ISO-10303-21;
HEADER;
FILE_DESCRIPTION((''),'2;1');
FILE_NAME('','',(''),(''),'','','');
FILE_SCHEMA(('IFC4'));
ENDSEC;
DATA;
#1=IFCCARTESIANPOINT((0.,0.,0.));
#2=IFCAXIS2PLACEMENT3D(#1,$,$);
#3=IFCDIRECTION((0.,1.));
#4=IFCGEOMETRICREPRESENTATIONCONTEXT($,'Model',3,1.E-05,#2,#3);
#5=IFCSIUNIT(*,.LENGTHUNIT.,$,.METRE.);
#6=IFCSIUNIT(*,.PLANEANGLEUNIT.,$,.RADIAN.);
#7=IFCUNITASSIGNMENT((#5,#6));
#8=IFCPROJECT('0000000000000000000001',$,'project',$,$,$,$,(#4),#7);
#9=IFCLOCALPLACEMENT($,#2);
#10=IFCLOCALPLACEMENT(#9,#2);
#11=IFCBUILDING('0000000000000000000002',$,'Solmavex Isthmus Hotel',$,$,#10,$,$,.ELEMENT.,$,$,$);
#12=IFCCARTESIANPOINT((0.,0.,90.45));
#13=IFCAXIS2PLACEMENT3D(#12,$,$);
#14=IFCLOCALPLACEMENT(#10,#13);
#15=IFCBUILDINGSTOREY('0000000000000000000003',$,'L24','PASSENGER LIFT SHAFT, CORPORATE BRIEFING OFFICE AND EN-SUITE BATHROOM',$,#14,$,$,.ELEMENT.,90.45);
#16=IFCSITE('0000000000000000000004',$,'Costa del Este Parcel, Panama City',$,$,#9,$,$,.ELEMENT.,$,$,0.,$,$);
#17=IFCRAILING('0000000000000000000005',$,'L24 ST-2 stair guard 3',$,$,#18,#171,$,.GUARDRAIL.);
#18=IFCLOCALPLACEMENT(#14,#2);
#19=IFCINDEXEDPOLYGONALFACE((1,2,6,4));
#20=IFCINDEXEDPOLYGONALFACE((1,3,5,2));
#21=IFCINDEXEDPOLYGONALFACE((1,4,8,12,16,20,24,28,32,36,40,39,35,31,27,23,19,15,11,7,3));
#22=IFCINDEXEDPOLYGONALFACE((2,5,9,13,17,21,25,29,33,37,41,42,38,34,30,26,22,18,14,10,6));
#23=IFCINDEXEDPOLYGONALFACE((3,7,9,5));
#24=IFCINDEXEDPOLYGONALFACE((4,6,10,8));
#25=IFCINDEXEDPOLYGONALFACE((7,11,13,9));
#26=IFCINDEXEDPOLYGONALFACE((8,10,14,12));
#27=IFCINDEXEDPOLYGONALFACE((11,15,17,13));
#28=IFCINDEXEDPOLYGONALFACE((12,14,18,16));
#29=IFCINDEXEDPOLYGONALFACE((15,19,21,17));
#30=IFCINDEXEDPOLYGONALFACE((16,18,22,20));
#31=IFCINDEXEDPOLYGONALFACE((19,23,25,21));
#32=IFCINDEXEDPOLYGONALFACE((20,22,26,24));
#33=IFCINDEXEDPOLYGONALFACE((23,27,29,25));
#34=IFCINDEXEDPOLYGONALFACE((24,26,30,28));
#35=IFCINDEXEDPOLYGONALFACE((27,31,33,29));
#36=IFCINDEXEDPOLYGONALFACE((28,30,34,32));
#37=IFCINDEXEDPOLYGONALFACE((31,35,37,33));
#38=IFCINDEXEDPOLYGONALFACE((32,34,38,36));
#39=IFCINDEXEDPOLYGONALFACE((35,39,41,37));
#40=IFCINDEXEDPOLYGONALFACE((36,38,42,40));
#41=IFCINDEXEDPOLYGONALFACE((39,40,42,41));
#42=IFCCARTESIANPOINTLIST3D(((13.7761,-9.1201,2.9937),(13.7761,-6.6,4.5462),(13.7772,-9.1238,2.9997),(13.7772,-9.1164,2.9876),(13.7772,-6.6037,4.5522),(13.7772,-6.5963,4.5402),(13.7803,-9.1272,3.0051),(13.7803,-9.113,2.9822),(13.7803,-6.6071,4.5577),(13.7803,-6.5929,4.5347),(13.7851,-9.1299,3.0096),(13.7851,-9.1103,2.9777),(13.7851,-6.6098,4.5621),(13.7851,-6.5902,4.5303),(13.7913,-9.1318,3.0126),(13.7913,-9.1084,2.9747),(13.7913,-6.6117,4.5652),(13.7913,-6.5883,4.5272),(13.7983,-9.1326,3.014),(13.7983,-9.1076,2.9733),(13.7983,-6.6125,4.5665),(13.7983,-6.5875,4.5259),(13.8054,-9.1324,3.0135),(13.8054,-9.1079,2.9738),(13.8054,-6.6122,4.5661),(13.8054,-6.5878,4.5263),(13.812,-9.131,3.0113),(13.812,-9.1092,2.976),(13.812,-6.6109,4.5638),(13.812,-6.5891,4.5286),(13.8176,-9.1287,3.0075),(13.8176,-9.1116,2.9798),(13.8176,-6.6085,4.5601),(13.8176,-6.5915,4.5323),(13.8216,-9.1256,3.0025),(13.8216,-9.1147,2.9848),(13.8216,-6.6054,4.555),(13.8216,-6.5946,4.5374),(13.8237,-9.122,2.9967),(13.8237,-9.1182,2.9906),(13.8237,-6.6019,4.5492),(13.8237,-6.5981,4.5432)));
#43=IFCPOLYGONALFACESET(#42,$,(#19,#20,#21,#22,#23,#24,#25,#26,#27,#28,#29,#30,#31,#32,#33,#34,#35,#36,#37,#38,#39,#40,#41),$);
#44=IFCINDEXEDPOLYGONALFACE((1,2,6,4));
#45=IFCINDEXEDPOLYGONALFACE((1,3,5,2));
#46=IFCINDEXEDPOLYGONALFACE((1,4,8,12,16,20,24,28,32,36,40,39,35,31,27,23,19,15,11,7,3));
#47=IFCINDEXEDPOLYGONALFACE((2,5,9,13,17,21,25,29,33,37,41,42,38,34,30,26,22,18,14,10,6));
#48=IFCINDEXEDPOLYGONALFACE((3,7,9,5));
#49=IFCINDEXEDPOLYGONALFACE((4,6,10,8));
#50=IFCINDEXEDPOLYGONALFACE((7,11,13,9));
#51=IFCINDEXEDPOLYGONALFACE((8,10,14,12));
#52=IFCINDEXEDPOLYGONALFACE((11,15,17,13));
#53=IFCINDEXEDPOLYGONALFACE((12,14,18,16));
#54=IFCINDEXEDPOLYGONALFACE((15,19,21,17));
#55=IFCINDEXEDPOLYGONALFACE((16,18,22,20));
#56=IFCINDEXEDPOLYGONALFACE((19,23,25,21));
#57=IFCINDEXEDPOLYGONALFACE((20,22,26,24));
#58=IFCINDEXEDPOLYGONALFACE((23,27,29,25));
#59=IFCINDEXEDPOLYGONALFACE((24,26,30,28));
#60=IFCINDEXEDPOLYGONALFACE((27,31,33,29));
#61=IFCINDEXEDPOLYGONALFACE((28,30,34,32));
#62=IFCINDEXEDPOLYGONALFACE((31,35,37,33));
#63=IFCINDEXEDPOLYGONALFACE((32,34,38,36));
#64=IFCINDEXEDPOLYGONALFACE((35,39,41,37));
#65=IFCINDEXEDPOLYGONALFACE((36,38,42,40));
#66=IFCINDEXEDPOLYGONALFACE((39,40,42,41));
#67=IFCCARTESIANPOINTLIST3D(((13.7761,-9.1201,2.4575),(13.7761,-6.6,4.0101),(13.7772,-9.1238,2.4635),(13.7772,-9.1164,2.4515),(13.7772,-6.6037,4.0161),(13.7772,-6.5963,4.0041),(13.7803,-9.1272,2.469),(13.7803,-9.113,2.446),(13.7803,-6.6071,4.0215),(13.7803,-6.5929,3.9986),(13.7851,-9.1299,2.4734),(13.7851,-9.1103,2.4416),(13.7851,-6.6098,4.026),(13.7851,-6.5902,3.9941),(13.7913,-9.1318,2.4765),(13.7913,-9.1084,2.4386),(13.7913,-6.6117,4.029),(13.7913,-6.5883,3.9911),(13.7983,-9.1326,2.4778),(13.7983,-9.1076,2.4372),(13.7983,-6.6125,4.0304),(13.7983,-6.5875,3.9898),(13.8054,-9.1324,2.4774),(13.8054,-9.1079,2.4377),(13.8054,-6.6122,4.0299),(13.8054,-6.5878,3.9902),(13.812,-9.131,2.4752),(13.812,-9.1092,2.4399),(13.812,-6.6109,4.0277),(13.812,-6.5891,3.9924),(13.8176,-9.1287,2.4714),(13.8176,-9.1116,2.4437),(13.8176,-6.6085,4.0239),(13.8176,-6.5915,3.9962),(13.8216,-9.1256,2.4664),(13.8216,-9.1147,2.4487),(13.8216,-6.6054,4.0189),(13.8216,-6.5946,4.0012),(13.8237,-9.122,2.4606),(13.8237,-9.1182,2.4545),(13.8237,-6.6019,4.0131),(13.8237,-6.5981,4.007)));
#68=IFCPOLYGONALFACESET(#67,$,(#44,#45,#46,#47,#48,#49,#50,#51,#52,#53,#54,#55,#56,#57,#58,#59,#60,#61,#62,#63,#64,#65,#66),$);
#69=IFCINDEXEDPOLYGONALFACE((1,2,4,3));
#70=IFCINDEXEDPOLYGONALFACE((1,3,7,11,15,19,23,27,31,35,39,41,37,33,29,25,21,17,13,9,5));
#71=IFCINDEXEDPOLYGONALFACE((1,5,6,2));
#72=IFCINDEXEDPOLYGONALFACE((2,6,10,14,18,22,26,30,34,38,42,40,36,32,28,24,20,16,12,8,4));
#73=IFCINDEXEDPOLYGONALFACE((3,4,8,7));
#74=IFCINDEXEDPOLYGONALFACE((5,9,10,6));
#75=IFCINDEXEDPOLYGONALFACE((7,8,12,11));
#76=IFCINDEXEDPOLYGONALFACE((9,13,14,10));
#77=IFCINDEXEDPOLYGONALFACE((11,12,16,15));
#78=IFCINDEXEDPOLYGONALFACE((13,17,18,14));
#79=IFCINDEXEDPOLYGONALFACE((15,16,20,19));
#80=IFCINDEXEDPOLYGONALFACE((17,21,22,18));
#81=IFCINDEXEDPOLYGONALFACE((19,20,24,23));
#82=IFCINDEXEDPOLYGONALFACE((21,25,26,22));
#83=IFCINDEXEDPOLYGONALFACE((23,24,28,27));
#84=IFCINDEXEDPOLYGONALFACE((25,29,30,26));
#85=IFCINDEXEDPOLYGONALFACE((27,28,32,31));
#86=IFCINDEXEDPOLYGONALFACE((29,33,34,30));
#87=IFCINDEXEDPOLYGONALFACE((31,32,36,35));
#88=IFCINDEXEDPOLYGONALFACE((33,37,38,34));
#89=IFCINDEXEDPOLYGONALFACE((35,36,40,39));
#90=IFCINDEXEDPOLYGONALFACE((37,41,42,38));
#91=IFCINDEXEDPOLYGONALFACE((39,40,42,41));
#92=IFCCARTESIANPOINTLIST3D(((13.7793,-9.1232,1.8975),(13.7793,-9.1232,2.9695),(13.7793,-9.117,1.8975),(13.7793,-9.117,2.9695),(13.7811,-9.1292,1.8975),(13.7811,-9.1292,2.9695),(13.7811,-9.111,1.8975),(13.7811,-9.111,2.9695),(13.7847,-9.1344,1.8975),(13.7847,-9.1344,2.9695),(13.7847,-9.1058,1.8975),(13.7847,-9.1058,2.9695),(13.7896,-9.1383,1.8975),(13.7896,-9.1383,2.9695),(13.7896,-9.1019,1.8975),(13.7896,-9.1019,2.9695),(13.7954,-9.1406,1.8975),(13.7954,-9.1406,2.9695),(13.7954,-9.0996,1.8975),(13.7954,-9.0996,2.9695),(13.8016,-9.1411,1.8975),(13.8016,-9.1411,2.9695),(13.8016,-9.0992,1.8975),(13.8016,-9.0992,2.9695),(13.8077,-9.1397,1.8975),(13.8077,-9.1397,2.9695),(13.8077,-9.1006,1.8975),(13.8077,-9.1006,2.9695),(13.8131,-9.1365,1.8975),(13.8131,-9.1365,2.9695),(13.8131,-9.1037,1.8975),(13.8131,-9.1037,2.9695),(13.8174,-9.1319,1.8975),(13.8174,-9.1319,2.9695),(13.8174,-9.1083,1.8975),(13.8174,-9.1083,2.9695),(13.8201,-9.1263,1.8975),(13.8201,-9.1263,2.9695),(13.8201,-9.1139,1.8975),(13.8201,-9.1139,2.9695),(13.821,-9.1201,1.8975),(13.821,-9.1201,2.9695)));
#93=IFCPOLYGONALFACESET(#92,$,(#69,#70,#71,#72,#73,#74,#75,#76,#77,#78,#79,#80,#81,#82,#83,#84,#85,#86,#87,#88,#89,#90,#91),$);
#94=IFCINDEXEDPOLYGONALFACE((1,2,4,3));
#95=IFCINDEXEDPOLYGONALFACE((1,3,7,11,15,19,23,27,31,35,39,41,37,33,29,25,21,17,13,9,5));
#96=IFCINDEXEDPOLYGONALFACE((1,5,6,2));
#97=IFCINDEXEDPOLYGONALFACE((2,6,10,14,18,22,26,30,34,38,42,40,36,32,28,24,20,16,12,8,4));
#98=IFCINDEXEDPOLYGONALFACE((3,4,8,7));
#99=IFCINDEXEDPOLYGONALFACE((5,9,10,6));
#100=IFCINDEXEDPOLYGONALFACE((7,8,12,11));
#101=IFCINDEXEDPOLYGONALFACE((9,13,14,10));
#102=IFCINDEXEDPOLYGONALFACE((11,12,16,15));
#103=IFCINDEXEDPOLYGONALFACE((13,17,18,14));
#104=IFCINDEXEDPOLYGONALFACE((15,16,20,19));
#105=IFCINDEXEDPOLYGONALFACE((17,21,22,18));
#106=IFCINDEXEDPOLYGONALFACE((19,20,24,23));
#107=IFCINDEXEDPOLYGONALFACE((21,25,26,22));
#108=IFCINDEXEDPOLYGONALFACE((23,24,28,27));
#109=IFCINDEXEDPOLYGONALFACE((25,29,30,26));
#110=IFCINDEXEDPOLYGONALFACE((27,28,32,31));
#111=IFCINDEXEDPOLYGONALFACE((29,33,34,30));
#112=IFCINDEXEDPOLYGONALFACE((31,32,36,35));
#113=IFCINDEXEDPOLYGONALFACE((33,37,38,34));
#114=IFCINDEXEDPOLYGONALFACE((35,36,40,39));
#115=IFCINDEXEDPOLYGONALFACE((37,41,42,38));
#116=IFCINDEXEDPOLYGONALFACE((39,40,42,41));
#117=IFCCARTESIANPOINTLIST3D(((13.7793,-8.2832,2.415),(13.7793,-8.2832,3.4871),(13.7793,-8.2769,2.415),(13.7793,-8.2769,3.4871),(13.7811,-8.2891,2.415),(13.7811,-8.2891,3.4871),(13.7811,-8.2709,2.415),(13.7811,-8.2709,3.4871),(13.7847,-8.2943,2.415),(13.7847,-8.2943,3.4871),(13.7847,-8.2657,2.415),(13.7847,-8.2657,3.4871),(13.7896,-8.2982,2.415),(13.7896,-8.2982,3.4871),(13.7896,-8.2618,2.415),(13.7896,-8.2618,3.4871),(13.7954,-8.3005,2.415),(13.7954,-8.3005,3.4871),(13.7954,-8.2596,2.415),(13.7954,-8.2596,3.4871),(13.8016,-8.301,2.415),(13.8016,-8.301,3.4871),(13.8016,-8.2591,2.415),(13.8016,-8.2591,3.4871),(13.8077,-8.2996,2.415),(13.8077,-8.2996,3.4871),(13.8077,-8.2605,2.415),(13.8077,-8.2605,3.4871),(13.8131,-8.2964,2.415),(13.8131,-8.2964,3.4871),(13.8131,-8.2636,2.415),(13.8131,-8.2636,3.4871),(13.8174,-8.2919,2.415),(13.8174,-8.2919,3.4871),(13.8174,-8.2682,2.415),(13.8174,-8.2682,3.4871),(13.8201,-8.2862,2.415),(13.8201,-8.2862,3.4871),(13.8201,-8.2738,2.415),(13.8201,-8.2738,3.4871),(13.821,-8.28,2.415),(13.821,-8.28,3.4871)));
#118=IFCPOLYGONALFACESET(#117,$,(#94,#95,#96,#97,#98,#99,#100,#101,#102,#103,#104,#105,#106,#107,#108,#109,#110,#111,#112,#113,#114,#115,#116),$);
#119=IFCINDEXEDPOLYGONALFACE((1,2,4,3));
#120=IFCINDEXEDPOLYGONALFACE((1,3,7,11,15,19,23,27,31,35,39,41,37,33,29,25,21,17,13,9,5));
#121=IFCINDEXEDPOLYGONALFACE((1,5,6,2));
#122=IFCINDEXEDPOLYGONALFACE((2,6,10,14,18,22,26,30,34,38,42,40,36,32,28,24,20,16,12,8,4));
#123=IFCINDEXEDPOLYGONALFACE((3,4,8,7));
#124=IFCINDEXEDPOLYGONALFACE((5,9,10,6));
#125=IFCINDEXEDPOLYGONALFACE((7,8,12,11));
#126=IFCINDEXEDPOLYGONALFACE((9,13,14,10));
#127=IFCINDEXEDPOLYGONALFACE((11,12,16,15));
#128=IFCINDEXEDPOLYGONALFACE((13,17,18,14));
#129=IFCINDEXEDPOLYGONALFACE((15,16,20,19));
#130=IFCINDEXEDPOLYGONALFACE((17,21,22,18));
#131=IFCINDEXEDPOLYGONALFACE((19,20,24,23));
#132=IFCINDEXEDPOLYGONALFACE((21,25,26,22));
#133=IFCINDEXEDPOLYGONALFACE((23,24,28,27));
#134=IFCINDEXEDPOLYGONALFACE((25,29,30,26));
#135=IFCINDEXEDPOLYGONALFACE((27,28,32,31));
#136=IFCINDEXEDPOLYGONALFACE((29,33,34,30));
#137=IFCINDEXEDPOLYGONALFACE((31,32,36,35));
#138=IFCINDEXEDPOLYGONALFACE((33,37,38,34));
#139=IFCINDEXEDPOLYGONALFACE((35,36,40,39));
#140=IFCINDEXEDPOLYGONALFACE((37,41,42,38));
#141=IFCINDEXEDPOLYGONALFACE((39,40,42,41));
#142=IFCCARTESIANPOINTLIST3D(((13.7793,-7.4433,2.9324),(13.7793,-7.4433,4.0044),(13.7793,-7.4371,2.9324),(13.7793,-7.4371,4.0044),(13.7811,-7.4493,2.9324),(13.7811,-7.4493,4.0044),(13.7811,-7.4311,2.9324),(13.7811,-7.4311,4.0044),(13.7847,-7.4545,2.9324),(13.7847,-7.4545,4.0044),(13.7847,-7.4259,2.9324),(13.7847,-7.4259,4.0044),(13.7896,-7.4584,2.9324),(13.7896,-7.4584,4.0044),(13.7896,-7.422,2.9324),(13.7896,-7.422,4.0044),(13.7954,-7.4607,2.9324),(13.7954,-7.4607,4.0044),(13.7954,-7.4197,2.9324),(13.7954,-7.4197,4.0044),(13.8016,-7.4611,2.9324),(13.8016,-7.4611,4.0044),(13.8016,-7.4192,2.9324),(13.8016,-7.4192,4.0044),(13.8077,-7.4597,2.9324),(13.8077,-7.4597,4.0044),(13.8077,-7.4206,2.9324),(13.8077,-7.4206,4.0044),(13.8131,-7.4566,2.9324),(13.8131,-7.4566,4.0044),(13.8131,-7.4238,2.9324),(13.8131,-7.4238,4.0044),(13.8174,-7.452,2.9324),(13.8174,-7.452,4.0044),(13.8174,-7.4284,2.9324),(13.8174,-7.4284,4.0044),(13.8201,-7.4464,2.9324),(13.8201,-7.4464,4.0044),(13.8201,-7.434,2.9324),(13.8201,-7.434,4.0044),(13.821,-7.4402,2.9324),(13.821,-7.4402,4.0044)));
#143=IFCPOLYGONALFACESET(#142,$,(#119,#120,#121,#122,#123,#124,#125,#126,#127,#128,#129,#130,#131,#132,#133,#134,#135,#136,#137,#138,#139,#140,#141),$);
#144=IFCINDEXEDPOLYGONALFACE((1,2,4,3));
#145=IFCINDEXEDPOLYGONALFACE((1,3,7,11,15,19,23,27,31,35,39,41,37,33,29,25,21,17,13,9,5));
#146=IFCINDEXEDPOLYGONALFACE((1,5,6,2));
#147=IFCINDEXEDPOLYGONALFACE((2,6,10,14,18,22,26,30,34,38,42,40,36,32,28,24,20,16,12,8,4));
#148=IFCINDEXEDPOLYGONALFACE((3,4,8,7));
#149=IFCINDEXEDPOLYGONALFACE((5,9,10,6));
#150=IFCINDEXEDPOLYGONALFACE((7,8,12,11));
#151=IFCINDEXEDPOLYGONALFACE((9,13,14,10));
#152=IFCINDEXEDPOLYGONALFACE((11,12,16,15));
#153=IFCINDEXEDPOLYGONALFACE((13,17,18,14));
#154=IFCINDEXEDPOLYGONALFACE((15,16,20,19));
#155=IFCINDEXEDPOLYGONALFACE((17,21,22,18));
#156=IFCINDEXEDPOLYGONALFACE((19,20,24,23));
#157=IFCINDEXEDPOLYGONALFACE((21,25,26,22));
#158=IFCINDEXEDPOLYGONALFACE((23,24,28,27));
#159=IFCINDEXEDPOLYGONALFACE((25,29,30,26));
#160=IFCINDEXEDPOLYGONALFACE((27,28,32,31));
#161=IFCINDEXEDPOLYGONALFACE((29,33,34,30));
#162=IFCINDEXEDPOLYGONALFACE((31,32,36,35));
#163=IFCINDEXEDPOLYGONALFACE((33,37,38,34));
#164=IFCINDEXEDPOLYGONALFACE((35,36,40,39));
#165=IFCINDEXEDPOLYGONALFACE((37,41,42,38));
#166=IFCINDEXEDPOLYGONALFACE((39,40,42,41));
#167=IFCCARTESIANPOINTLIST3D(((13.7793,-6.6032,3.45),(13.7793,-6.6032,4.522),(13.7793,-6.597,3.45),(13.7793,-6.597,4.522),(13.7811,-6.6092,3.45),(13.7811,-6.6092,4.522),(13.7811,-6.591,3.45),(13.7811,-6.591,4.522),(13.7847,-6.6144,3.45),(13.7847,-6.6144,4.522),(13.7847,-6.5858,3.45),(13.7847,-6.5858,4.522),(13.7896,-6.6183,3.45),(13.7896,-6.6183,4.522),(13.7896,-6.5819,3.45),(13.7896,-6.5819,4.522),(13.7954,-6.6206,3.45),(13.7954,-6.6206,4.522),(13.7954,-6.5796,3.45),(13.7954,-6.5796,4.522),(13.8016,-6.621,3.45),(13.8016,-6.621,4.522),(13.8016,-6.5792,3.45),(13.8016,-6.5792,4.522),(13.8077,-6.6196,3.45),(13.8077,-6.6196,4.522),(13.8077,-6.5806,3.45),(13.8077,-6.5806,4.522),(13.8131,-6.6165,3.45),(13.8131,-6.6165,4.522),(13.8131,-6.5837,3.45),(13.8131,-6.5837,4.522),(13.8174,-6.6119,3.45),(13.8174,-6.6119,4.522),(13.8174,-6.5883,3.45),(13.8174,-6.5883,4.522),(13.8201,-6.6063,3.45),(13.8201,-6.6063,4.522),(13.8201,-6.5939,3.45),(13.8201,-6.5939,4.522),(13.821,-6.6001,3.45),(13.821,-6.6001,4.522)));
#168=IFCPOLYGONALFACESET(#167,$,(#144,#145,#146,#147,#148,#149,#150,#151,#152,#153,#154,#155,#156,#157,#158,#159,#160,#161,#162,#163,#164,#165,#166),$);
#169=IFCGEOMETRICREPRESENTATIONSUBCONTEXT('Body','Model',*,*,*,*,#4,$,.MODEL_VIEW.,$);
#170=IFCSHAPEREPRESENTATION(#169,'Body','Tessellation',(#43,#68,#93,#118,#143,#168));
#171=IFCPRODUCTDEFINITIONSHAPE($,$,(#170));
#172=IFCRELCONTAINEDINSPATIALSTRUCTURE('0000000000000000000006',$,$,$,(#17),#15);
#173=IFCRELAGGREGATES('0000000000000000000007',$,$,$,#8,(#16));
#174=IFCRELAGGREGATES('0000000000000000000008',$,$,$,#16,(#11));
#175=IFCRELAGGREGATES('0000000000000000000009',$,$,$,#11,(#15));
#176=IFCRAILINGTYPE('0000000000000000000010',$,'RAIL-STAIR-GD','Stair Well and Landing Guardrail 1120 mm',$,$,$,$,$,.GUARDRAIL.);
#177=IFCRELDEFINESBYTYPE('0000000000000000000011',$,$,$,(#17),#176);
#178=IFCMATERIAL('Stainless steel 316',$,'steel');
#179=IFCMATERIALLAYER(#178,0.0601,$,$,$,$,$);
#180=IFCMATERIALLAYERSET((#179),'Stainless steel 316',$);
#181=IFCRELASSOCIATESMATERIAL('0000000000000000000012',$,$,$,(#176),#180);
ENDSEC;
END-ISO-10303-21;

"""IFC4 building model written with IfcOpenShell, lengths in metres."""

from ifc_helpers import new_model, si_unit, direction, frame, origin, origin_2d, place, context, subcontext, project, spatial, circle, extrude, material, layer, layer_set, type_object, element, save


model = new_model("IFC4")

# Units and contexts
model_context = context("Model", 3, precision=1e-05, world=origin(), true_north=direction((0.0, 1.0)))
body_context = subcontext(model_context, "Body", "Model", "MODEL_VIEW")
ifc_project = project(units=[si_unit("LENGTHUNIT", "METRE"), si_unit("PLANEANGLEUNIT", "RADIAN")], contexts=[model_context])

# Site, building, storey
site_placement = place(None, origin())
site = spatial("IfcSite", under=ifc_project, at=site_placement, Name="Costa del Este Parcel, Panama City", CompositionType="ELEMENT", RefElevation=0.0)
building_placement = place(site_placement, origin())
building = spatial("IfcBuilding", under=site, at=building_placement, Name="Solmavex Isthmus Hotel", CompositionType="ELEMENT")
storey_placement = place(building_placement, frame((0.0, 0.0, 90.45)))
storey = spatial("IfcBuildingStorey", under=building, at=storey_placement, Name="L24", Description="PASSENGER LIFT SHAFT, CORPORATE BRIEFING OFFICE AND EN-SUITE BATHROOM", CompositionType="ELEMENT", Elevation=90.45)

# Shared definitions
ifc_material_1 = material(Name="Stainless steel 316", Category="steel")

# Railing
ifc_layer_1 = layer(ifc_material_1, 0.0601)
ifc_layer_set_1 = layer_set([ifc_layer_1], Name="Stainless steel 316")
railing_type_1 = type_object("IfcRailingType", Name="RAIL-STAIR-GD", Description="Stair Well and Landing Guardrail 1120 mm", PredefinedType="GUARDRAIL", material=ifc_layer_set_1)
railing_1_placement = place(storey_placement, frame((13.8, -9.1201, 1.8975)))
element("IfcRailing", 1, at=railing_1_placement, inside=storey, type_object=railing_type_1, Name="L24 ST-2 stair guard 3", PredefinedType="GUARDRAIL", context=body_context, shape_type="SweptSolid", body=[
    extrude(circle(Radius=0.0239, at=origin_2d()), frame((0.0, 0.0, 1.0962), z_axis=(0.0, 0.8514, 0.524516), x_axis=(-1.0, 0.0, 0.0)), (0.0, 0.0, 1.0), 2.96),
    extrude(circle(Radius=0.0239, at=origin_2d()), frame((0.0, 0.0, 0.5601), z_axis=(0.0, 0.8514, 0.524516), x_axis=(-1.0, 0.0, 0.0)), (0.0, 0.0, 1.0), 2.96),
    extrude(circle(Radius=0.021, at=origin_2d()), origin(), (0.0, 0.0, 1.0), 1.072),
    extrude(circle(Radius=0.021, at=origin_2d()), frame((0.0, 0.8401, 0.5176)), (0.0, 0.0, 1.0), 1.072),
    extrude(circle(Radius=0.021, at=origin_2d()), frame((0.0, 1.6799, 1.0349)), (0.0, 0.0, 1.0), 1.072),
    extrude(circle(Radius=0.021, at=origin_2d()), frame((0.0, 2.52, 1.5525)), (0.0, 0.0, 1.0), 1.072),
])

save(model, "model.ifc")
